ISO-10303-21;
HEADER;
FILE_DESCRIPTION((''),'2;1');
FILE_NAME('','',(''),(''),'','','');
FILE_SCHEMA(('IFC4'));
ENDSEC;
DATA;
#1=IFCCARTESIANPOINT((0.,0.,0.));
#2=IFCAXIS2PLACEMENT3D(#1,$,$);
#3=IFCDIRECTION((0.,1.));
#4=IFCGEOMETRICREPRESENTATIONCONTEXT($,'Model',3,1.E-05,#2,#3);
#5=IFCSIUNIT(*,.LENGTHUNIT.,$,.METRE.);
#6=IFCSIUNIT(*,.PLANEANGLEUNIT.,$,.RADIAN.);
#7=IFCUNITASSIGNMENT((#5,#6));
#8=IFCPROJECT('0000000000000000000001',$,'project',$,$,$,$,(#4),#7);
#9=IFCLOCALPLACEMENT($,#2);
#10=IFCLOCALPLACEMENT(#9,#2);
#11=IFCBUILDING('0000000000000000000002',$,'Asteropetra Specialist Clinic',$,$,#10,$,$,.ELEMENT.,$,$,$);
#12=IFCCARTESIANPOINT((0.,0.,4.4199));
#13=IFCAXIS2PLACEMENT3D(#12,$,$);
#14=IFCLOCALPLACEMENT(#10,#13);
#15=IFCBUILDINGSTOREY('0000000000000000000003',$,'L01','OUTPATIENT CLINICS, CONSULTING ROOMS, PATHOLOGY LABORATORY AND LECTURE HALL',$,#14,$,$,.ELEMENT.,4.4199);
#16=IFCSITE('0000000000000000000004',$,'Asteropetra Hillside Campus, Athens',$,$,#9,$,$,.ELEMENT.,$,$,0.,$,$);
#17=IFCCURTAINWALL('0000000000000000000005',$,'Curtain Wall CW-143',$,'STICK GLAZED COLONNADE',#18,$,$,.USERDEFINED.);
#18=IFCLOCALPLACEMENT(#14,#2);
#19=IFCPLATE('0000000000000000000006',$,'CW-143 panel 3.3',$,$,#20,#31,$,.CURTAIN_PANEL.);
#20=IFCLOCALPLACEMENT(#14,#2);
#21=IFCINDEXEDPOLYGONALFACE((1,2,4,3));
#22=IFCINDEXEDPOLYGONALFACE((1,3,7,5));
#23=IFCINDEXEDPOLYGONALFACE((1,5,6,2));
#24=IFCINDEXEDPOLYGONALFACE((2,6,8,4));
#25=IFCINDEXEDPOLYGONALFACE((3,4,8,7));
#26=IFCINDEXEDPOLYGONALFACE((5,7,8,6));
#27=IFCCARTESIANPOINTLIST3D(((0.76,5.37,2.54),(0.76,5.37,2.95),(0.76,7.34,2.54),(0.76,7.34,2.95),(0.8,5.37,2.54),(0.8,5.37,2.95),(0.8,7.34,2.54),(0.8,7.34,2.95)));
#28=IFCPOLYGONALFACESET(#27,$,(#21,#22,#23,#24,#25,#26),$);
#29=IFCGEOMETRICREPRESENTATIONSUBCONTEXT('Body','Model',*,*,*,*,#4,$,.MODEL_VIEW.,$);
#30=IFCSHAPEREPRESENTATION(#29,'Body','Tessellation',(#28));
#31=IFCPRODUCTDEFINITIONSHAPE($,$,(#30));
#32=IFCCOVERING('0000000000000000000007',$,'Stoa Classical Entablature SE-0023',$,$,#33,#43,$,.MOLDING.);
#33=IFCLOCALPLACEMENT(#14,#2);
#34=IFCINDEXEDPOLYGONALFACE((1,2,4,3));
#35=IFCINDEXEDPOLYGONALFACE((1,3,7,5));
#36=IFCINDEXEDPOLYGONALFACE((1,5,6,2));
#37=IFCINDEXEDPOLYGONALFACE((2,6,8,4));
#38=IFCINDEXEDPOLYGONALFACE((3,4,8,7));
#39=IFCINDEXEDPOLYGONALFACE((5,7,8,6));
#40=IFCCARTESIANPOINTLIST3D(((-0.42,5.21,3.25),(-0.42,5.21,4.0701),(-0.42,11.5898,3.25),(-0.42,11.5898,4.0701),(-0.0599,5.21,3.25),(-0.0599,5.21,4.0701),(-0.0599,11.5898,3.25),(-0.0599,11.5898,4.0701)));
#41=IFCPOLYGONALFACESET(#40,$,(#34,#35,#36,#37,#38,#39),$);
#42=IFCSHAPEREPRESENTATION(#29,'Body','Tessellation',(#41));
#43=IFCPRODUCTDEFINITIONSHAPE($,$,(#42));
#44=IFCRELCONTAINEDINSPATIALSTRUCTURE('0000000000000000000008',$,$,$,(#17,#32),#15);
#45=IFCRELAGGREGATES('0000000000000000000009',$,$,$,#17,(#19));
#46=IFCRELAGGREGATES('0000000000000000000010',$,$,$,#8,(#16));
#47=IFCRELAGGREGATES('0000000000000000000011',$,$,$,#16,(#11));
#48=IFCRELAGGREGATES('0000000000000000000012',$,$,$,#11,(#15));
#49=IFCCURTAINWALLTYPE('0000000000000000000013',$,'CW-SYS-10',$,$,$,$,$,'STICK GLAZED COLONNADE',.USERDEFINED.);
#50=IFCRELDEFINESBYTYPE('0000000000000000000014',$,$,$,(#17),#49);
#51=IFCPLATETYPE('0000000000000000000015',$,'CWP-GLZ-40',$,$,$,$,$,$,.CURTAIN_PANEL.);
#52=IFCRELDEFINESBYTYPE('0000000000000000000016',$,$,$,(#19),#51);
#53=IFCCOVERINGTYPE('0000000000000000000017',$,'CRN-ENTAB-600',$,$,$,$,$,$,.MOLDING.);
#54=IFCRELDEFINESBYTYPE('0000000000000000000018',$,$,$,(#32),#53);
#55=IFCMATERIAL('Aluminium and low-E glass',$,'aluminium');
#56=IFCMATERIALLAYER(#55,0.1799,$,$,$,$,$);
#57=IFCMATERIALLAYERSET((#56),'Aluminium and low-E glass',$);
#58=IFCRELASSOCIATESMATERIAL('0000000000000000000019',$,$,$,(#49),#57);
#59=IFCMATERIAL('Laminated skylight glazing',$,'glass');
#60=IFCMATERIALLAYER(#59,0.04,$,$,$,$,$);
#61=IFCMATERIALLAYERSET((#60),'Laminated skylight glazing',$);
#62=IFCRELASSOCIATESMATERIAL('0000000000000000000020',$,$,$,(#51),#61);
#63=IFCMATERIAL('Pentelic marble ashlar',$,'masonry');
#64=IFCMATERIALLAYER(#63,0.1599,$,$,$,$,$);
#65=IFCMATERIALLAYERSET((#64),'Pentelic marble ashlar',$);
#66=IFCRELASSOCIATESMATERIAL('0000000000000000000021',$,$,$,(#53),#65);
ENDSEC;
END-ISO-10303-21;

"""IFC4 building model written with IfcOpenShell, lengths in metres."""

from ifc_helpers import new_model, si_unit, direction, frame, origin, origin_2d, place, context, subcontext, project, spatial, rectangle, extrude, material, layer, layer_set, type_object, element, aggregate, save


model = new_model("IFC4")

# Units and contexts
model_context = context("Model", 3, precision=1e-05, world=origin(), true_north=direction((0.0, 1.0)))
body_context = subcontext(model_context, "Body", "Model", "MODEL_VIEW")
ifc_project = project(units=[si_unit("LENGTHUNIT", "METRE"), si_unit("PLANEANGLEUNIT", "RADIAN")], contexts=[model_context])

# Site, building, storey
site_placement = place(None, origin())
site = spatial("IfcSite", under=ifc_project, at=site_placement, Name="Asteropetra Hillside Campus, Athens", CompositionType="ELEMENT", RefElevation=0.0)
building_placement = place(site_placement, origin())
building = spatial("IfcBuilding", under=site, at=building_placement, Name="Asteropetra Specialist Clinic", CompositionType="ELEMENT")
storey_placement = place(building_placement, frame((0.0, 0.0, 4.4199)))
storey = spatial("IfcBuildingStorey", under=building, at=storey_placement, Name="L01", Description="OUTPATIENT CLINICS, CONSULTING ROOMS, PATHOLOGY LABORATORY AND LECTURE HALL", CompositionType="ELEMENT", Elevation=4.4199)

# Curtain wall
ifc_material_1 = material(Name="Aluminium and low-E glass", Category="aluminium")
ifc_layer_1 = layer(ifc_material_1, 0.1799)
ifc_layer_set_1 = layer_set([ifc_layer_1], Name="Aluminium and low-E glass")
curtain_wall_type = type_object("IfcCurtainWallType", Name="CW-SYS-10", ElementType="STICK GLAZED COLONNADE", PredefinedType="USERDEFINED", material=ifc_layer_set_1)
curtain_wall_placement = place(storey_placement, origin())
curtain_wall = element("IfcCurtainWall", 1, at=curtain_wall_placement, inside=storey, type_object=curtain_wall_type, Name="Curtain Wall CW-143", ObjectType="STICK GLAZED COLONNADE", PredefinedType="USERDEFINED")

# Plate
ifc_material_2 = material(Name="Laminated skylight glazing", Category="glass")
ifc_layer_2 = layer(ifc_material_2, 0.04)
ifc_layer_set_2 = layer_set([ifc_layer_2], Name="Laminated skylight glazing")
plate_type = type_object("IfcPlateType", Name="CWP-GLZ-40", PredefinedType="CURTAIN_PANEL", material=ifc_layer_set_2)
plate_1_placement = place(storey_placement, frame((0.78, 6.355, 2.54), z_axis=(0.0, 0.0, 1.0), x_axis=(0.0, -1.0, 0.0)))
plate_1 = element("IfcPlate", 2, at=plate_1_placement, type_object=plate_type, Name="CW-143 panel 3.3", PredefinedType="CURTAIN_PANEL", context=body_context, shape_type="SweptSolid", body=[
    extrude(rectangle(XDim=1.97, YDim=0.04, at=origin_2d()), origin(), (0.0, 0.0, 1.0), 0.4099),
])
aggregate(curtain_wall, [plate_1])

# Covering
ifc_material_3 = material(Name="Pentelic marble ashlar", Category="masonry")
ifc_layer_3 = layer(ifc_material_3, 0.1599)
ifc_layer_set_3 = layer_set([ifc_layer_3], Name="Pentelic marble ashlar")
covering_type = type_object("IfcCoveringType", Name="CRN-ENTAB-600", PredefinedType="MOLDING", material=ifc_layer_set_3)
covering_placement = place(storey_placement, frame((-0.24, 8.3999, 3.25), z_axis=(0.0, 0.0, 1.0), x_axis=(1.0, 0.0, 0.0)))
element("IfcCovering", 3, at=covering_placement, inside=storey, type_object=covering_type, Name="Stoa Classical Entablature SE-0023", PredefinedType="MOLDING", context=body_context, shape_type="SweptSolid", body=[
    extrude(rectangle(XDim=0.3601, YDim=6.3799, at=origin_2d()), origin(), (0.0, 0.0, 1.0), 0.8201),
])

save(model, "model.ifc")
